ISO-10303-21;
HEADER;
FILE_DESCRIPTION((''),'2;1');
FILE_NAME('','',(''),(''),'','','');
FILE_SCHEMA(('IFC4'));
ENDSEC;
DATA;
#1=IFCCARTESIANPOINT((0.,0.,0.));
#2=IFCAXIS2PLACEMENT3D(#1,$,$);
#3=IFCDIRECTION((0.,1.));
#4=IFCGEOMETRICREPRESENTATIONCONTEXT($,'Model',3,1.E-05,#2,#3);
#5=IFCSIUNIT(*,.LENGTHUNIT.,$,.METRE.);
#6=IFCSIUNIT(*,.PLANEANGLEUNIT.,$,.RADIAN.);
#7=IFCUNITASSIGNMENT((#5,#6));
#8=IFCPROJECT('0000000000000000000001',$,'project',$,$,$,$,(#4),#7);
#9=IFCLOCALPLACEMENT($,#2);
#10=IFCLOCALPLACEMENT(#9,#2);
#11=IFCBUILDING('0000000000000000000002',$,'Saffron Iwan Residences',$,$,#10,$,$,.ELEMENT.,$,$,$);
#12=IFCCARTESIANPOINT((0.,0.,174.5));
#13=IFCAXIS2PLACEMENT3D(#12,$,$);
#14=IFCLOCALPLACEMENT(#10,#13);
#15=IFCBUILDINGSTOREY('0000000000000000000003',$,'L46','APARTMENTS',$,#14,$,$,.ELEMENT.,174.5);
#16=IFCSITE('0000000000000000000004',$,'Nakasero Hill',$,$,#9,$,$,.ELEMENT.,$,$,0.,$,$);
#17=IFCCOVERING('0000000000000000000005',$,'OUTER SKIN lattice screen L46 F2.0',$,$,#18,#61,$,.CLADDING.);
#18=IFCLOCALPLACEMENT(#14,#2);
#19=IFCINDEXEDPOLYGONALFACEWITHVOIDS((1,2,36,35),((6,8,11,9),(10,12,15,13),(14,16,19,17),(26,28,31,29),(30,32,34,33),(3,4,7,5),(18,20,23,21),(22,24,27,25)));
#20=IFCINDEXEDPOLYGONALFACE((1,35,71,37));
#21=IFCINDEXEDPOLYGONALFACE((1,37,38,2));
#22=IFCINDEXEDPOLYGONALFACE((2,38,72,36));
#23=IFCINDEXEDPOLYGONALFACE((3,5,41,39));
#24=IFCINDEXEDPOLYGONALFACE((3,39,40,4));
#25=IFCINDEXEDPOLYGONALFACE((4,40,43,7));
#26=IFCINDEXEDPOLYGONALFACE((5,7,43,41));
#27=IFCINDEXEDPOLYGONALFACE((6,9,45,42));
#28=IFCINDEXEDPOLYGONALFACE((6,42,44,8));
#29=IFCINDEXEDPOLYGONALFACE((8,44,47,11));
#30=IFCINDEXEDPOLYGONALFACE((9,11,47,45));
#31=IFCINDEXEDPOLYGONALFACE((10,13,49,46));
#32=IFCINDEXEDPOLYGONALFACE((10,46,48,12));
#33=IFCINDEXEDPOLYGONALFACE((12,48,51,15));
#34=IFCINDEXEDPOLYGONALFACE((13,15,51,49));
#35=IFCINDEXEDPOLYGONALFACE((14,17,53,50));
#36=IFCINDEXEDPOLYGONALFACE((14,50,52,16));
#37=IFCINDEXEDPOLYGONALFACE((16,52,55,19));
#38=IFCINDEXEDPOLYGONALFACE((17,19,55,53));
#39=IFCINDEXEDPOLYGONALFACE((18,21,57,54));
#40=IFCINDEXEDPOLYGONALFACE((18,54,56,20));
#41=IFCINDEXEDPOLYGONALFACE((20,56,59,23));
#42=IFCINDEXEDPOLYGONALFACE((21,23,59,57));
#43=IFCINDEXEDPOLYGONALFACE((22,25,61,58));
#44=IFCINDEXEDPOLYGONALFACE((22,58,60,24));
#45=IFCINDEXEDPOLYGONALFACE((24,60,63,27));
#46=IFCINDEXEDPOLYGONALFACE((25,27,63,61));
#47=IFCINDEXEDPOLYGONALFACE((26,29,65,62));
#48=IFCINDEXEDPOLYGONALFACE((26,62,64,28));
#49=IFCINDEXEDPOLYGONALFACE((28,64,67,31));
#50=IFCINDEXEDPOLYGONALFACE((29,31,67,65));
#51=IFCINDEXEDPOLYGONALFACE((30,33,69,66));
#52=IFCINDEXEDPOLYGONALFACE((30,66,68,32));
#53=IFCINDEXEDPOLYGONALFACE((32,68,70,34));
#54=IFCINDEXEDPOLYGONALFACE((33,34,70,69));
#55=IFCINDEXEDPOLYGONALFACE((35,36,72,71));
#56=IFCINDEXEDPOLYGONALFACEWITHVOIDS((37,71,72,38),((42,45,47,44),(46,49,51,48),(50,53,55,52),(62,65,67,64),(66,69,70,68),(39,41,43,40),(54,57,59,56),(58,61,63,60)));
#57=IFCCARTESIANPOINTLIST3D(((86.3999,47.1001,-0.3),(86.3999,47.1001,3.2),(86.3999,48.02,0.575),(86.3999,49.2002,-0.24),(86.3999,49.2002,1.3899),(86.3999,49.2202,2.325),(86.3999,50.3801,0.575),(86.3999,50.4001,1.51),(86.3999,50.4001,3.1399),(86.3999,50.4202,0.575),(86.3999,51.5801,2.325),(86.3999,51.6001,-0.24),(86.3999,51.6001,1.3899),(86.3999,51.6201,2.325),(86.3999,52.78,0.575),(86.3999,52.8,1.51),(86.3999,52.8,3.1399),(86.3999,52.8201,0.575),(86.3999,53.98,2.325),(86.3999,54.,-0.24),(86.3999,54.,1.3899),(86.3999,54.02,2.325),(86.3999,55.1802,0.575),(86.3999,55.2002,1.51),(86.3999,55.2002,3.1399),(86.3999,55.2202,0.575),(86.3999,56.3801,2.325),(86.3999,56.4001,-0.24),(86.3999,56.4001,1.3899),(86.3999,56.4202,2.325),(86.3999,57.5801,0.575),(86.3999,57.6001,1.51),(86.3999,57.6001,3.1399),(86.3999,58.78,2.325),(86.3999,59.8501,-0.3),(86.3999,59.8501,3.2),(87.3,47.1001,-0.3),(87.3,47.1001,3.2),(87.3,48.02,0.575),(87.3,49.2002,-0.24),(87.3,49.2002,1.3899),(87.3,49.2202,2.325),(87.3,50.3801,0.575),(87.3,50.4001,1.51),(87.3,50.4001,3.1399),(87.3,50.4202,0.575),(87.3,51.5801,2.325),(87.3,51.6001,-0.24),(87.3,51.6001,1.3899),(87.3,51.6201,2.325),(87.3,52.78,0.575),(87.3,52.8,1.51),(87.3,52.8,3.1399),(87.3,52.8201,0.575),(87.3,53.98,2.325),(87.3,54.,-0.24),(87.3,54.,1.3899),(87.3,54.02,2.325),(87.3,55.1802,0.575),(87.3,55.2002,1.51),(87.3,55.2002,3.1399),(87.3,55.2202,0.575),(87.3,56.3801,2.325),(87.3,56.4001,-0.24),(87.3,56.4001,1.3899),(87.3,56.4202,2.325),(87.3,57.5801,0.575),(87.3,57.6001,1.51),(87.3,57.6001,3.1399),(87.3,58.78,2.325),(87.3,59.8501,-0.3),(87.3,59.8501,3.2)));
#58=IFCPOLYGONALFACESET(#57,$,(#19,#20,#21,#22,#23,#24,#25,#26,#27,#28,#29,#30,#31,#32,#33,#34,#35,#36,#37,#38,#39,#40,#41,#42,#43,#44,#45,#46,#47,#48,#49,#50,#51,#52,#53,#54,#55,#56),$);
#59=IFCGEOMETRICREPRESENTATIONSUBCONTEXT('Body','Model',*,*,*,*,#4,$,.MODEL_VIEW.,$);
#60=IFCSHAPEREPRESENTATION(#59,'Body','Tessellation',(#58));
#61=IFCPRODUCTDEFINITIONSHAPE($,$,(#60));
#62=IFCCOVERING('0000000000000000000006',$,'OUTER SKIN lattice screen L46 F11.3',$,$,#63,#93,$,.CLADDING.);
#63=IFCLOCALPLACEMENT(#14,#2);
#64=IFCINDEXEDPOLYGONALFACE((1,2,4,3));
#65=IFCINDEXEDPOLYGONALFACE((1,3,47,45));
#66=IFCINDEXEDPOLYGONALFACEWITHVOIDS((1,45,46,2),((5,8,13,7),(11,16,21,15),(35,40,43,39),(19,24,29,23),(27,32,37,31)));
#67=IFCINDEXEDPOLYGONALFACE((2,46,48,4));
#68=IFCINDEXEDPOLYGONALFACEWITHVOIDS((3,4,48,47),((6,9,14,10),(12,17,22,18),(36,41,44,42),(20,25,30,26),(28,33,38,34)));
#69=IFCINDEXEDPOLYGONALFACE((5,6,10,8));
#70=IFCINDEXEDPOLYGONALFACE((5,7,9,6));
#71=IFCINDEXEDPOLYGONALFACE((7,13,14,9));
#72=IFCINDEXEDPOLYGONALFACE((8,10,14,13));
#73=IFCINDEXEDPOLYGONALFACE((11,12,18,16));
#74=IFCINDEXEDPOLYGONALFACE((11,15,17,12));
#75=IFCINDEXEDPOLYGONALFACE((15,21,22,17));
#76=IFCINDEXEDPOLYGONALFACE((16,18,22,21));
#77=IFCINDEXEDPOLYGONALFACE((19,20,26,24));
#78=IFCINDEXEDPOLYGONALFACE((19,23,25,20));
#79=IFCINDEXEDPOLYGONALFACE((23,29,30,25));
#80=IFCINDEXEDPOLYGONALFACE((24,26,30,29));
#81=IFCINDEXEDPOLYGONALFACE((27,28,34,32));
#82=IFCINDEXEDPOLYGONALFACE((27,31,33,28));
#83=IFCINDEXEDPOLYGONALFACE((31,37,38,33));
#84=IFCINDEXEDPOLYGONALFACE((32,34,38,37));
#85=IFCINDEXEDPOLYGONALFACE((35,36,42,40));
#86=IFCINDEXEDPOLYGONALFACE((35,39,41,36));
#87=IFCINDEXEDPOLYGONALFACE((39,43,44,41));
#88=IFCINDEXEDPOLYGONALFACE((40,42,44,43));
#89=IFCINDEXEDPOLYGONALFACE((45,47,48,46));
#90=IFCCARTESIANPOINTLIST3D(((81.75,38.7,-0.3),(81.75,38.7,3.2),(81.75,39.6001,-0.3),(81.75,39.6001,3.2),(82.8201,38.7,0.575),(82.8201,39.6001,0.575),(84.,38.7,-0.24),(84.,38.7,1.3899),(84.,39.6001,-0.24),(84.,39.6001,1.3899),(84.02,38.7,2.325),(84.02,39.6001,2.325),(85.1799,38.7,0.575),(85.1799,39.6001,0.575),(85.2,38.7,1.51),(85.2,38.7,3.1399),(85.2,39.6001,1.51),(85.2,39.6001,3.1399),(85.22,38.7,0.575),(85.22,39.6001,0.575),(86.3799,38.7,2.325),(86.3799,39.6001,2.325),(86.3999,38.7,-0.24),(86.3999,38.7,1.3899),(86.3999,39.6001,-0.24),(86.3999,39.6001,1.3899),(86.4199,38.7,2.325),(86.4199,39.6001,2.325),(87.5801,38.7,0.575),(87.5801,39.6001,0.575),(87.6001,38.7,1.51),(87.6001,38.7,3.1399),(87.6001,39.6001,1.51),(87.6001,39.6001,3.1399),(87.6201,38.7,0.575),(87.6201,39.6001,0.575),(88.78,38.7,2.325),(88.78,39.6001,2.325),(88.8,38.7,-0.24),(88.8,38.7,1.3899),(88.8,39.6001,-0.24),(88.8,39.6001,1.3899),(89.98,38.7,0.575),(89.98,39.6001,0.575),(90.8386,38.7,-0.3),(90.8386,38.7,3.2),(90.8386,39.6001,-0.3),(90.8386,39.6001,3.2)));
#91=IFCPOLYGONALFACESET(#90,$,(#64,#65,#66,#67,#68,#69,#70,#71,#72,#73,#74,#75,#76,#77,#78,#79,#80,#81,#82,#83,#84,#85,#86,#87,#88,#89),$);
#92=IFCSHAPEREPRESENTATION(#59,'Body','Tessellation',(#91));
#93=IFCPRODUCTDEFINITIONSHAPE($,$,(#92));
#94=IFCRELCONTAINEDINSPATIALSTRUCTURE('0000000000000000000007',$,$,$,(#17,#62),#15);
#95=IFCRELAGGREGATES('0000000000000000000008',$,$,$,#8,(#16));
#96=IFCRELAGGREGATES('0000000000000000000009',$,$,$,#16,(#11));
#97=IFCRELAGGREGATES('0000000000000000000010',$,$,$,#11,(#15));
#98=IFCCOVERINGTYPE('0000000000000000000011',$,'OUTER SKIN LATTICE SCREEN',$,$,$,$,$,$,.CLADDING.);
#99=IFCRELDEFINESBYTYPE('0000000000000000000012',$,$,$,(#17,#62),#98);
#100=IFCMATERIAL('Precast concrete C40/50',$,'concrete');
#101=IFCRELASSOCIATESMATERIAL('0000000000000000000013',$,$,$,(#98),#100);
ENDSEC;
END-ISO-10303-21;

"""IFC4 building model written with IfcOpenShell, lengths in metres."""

from ifc_helpers import new_model, si_unit, direction, frame, origin, place, context, subcontext, project, spatial, polyline, outline, extrude, material, type_object, element, save


model = new_model("IFC4")

# Units and contexts
model_context = context("Model", 3, precision=1e-05, world=origin(), true_north=direction((0.0, 1.0)))
body_context = subcontext(model_context, "Body", "Model", "MODEL_VIEW")
ifc_project = project(units=[si_unit("LENGTHUNIT", "METRE"), si_unit("PLANEANGLEUNIT", "RADIAN")], contexts=[model_context])

# Site, building, storey
site_placement = place(None, origin())
site = spatial("IfcSite", under=ifc_project, at=site_placement, Name="Nakasero Hill", CompositionType="ELEMENT", RefElevation=0.0)
building_placement = place(site_placement, origin())
building = spatial("IfcBuilding", under=site, at=building_placement, Name="Saffron Iwan Residences", CompositionType="ELEMENT")
storey_placement = place(building_placement, frame((0.0, 0.0, 174.5)))
storey = spatial("IfcBuildingStorey", under=building, at=storey_placement, Name="L46", Description="APARTMENTS", CompositionType="ELEMENT", Elevation=174.5)

# Coverings
ifc_material_1 = material(Name="Precast concrete C40/50", Category="concrete")
covering_type = type_object("IfcCoveringType", Name="OUTER SKIN LATTICE SCREEN", PredefinedType="CLADDING", material=ifc_material_1)
covering_1_placement = place(storey_placement, frame((86.3999, 47.1001, -0.3), z_axis=(1.0, 0.0, 0.0), x_axis=(0.0, 1.0, 0.0)))
element("IfcCovering", 1, at=covering_1_placement, inside=storey, type_object=covering_type, Name="OUTER SKIN lattice screen L46 F2.0", PredefinedType="CLADDING", context=body_context, shape_type="SweptSolid", body=[
    extrude(outline(polyline([(0.0, 0.0), (12.75, 0.0), (12.75, 3.5), (0.0, 3.5), (0.0, 0.0)]), holes=[polyline([(0.9199, 0.875), (2.1001, 0.0601), (3.28, 0.875), (2.1001, 1.6899), (0.9199, 0.875)]), polyline([(3.3201, 0.875), (4.5, 0.0601), (5.6799, 0.875), (4.5, 1.6899), (3.3201, 0.875)]), polyline([(5.72, 0.875), (6.8999, 0.0601), (8.0801, 0.875), (6.8999, 1.6899), (5.72, 0.875)]), polyline([(8.1201, 0.875), (9.3, 0.0601), (10.48, 0.875), (9.3, 1.6899), (8.1201, 0.875)]), polyline([(2.1201, 2.625), (3.3, 1.8101), (4.48, 2.625), (3.3, 3.4399), (2.1201, 2.625)]), polyline([(4.52, 2.625), (5.7, 1.8101), (6.8799, 2.625), (5.7, 3.4399), (4.52, 2.625)]), polyline([(6.9199, 2.625), (8.1001, 1.8101), (9.28, 2.625), (8.1001, 3.4399), (6.9199, 2.625)]), polyline([(9.3201, 2.625), (10.5, 1.8101), (11.6799, 2.625), (10.5, 3.4399), (9.3201, 2.625)])]), origin(), (0.0, 0.0, 1.0), 0.9001),
])
covering_2_placement = place(storey_placement, frame((81.75, 39.6001, -0.3), z_axis=(0.0, -1.0, 0.0), x_axis=(1.0, 0.0, 0.0)))
element("IfcCovering", 2, at=covering_2_placement, inside=storey, type_object=covering_type, Name="OUTER SKIN lattice screen L46 F11.3", PredefinedType="CLADDING", context=body_context, shape_type="SweptSolid", body=[
    extrude(outline(polyline([(0.0, 0.0), (9.0886, 0.0), (9.0886, 3.5), (0.0, 3.5), (0.0, 0.0)]), holes=[polyline([(1.0701, 0.875), (2.25, 0.0601), (3.4299, 0.875), (2.25, 1.6899), (1.0701, 0.875)]), polyline([(3.47, 0.875), (4.6499, 0.0601), (5.8301, 0.875), (4.6499, 1.6899), (3.47, 0.875)]), polyline([(5.8701, 0.875), (7.05, 0.0601), (8.23, 0.875), (7.05, 1.6899), (5.8701, 0.875)]), polyline([(2.27, 2.625), (3.45, 1.8101), (4.6299, 2.625), (3.45, 3.4399), (2.27, 2.625)]), polyline([(4.6699, 2.625), (5.8501, 1.8101), (7.03, 2.625), (5.8501, 3.4399), (4.6699, 2.625)])]), origin(), (0.0, 0.0, 1.0), 0.9001),
])

save(model, "model.ifc")
